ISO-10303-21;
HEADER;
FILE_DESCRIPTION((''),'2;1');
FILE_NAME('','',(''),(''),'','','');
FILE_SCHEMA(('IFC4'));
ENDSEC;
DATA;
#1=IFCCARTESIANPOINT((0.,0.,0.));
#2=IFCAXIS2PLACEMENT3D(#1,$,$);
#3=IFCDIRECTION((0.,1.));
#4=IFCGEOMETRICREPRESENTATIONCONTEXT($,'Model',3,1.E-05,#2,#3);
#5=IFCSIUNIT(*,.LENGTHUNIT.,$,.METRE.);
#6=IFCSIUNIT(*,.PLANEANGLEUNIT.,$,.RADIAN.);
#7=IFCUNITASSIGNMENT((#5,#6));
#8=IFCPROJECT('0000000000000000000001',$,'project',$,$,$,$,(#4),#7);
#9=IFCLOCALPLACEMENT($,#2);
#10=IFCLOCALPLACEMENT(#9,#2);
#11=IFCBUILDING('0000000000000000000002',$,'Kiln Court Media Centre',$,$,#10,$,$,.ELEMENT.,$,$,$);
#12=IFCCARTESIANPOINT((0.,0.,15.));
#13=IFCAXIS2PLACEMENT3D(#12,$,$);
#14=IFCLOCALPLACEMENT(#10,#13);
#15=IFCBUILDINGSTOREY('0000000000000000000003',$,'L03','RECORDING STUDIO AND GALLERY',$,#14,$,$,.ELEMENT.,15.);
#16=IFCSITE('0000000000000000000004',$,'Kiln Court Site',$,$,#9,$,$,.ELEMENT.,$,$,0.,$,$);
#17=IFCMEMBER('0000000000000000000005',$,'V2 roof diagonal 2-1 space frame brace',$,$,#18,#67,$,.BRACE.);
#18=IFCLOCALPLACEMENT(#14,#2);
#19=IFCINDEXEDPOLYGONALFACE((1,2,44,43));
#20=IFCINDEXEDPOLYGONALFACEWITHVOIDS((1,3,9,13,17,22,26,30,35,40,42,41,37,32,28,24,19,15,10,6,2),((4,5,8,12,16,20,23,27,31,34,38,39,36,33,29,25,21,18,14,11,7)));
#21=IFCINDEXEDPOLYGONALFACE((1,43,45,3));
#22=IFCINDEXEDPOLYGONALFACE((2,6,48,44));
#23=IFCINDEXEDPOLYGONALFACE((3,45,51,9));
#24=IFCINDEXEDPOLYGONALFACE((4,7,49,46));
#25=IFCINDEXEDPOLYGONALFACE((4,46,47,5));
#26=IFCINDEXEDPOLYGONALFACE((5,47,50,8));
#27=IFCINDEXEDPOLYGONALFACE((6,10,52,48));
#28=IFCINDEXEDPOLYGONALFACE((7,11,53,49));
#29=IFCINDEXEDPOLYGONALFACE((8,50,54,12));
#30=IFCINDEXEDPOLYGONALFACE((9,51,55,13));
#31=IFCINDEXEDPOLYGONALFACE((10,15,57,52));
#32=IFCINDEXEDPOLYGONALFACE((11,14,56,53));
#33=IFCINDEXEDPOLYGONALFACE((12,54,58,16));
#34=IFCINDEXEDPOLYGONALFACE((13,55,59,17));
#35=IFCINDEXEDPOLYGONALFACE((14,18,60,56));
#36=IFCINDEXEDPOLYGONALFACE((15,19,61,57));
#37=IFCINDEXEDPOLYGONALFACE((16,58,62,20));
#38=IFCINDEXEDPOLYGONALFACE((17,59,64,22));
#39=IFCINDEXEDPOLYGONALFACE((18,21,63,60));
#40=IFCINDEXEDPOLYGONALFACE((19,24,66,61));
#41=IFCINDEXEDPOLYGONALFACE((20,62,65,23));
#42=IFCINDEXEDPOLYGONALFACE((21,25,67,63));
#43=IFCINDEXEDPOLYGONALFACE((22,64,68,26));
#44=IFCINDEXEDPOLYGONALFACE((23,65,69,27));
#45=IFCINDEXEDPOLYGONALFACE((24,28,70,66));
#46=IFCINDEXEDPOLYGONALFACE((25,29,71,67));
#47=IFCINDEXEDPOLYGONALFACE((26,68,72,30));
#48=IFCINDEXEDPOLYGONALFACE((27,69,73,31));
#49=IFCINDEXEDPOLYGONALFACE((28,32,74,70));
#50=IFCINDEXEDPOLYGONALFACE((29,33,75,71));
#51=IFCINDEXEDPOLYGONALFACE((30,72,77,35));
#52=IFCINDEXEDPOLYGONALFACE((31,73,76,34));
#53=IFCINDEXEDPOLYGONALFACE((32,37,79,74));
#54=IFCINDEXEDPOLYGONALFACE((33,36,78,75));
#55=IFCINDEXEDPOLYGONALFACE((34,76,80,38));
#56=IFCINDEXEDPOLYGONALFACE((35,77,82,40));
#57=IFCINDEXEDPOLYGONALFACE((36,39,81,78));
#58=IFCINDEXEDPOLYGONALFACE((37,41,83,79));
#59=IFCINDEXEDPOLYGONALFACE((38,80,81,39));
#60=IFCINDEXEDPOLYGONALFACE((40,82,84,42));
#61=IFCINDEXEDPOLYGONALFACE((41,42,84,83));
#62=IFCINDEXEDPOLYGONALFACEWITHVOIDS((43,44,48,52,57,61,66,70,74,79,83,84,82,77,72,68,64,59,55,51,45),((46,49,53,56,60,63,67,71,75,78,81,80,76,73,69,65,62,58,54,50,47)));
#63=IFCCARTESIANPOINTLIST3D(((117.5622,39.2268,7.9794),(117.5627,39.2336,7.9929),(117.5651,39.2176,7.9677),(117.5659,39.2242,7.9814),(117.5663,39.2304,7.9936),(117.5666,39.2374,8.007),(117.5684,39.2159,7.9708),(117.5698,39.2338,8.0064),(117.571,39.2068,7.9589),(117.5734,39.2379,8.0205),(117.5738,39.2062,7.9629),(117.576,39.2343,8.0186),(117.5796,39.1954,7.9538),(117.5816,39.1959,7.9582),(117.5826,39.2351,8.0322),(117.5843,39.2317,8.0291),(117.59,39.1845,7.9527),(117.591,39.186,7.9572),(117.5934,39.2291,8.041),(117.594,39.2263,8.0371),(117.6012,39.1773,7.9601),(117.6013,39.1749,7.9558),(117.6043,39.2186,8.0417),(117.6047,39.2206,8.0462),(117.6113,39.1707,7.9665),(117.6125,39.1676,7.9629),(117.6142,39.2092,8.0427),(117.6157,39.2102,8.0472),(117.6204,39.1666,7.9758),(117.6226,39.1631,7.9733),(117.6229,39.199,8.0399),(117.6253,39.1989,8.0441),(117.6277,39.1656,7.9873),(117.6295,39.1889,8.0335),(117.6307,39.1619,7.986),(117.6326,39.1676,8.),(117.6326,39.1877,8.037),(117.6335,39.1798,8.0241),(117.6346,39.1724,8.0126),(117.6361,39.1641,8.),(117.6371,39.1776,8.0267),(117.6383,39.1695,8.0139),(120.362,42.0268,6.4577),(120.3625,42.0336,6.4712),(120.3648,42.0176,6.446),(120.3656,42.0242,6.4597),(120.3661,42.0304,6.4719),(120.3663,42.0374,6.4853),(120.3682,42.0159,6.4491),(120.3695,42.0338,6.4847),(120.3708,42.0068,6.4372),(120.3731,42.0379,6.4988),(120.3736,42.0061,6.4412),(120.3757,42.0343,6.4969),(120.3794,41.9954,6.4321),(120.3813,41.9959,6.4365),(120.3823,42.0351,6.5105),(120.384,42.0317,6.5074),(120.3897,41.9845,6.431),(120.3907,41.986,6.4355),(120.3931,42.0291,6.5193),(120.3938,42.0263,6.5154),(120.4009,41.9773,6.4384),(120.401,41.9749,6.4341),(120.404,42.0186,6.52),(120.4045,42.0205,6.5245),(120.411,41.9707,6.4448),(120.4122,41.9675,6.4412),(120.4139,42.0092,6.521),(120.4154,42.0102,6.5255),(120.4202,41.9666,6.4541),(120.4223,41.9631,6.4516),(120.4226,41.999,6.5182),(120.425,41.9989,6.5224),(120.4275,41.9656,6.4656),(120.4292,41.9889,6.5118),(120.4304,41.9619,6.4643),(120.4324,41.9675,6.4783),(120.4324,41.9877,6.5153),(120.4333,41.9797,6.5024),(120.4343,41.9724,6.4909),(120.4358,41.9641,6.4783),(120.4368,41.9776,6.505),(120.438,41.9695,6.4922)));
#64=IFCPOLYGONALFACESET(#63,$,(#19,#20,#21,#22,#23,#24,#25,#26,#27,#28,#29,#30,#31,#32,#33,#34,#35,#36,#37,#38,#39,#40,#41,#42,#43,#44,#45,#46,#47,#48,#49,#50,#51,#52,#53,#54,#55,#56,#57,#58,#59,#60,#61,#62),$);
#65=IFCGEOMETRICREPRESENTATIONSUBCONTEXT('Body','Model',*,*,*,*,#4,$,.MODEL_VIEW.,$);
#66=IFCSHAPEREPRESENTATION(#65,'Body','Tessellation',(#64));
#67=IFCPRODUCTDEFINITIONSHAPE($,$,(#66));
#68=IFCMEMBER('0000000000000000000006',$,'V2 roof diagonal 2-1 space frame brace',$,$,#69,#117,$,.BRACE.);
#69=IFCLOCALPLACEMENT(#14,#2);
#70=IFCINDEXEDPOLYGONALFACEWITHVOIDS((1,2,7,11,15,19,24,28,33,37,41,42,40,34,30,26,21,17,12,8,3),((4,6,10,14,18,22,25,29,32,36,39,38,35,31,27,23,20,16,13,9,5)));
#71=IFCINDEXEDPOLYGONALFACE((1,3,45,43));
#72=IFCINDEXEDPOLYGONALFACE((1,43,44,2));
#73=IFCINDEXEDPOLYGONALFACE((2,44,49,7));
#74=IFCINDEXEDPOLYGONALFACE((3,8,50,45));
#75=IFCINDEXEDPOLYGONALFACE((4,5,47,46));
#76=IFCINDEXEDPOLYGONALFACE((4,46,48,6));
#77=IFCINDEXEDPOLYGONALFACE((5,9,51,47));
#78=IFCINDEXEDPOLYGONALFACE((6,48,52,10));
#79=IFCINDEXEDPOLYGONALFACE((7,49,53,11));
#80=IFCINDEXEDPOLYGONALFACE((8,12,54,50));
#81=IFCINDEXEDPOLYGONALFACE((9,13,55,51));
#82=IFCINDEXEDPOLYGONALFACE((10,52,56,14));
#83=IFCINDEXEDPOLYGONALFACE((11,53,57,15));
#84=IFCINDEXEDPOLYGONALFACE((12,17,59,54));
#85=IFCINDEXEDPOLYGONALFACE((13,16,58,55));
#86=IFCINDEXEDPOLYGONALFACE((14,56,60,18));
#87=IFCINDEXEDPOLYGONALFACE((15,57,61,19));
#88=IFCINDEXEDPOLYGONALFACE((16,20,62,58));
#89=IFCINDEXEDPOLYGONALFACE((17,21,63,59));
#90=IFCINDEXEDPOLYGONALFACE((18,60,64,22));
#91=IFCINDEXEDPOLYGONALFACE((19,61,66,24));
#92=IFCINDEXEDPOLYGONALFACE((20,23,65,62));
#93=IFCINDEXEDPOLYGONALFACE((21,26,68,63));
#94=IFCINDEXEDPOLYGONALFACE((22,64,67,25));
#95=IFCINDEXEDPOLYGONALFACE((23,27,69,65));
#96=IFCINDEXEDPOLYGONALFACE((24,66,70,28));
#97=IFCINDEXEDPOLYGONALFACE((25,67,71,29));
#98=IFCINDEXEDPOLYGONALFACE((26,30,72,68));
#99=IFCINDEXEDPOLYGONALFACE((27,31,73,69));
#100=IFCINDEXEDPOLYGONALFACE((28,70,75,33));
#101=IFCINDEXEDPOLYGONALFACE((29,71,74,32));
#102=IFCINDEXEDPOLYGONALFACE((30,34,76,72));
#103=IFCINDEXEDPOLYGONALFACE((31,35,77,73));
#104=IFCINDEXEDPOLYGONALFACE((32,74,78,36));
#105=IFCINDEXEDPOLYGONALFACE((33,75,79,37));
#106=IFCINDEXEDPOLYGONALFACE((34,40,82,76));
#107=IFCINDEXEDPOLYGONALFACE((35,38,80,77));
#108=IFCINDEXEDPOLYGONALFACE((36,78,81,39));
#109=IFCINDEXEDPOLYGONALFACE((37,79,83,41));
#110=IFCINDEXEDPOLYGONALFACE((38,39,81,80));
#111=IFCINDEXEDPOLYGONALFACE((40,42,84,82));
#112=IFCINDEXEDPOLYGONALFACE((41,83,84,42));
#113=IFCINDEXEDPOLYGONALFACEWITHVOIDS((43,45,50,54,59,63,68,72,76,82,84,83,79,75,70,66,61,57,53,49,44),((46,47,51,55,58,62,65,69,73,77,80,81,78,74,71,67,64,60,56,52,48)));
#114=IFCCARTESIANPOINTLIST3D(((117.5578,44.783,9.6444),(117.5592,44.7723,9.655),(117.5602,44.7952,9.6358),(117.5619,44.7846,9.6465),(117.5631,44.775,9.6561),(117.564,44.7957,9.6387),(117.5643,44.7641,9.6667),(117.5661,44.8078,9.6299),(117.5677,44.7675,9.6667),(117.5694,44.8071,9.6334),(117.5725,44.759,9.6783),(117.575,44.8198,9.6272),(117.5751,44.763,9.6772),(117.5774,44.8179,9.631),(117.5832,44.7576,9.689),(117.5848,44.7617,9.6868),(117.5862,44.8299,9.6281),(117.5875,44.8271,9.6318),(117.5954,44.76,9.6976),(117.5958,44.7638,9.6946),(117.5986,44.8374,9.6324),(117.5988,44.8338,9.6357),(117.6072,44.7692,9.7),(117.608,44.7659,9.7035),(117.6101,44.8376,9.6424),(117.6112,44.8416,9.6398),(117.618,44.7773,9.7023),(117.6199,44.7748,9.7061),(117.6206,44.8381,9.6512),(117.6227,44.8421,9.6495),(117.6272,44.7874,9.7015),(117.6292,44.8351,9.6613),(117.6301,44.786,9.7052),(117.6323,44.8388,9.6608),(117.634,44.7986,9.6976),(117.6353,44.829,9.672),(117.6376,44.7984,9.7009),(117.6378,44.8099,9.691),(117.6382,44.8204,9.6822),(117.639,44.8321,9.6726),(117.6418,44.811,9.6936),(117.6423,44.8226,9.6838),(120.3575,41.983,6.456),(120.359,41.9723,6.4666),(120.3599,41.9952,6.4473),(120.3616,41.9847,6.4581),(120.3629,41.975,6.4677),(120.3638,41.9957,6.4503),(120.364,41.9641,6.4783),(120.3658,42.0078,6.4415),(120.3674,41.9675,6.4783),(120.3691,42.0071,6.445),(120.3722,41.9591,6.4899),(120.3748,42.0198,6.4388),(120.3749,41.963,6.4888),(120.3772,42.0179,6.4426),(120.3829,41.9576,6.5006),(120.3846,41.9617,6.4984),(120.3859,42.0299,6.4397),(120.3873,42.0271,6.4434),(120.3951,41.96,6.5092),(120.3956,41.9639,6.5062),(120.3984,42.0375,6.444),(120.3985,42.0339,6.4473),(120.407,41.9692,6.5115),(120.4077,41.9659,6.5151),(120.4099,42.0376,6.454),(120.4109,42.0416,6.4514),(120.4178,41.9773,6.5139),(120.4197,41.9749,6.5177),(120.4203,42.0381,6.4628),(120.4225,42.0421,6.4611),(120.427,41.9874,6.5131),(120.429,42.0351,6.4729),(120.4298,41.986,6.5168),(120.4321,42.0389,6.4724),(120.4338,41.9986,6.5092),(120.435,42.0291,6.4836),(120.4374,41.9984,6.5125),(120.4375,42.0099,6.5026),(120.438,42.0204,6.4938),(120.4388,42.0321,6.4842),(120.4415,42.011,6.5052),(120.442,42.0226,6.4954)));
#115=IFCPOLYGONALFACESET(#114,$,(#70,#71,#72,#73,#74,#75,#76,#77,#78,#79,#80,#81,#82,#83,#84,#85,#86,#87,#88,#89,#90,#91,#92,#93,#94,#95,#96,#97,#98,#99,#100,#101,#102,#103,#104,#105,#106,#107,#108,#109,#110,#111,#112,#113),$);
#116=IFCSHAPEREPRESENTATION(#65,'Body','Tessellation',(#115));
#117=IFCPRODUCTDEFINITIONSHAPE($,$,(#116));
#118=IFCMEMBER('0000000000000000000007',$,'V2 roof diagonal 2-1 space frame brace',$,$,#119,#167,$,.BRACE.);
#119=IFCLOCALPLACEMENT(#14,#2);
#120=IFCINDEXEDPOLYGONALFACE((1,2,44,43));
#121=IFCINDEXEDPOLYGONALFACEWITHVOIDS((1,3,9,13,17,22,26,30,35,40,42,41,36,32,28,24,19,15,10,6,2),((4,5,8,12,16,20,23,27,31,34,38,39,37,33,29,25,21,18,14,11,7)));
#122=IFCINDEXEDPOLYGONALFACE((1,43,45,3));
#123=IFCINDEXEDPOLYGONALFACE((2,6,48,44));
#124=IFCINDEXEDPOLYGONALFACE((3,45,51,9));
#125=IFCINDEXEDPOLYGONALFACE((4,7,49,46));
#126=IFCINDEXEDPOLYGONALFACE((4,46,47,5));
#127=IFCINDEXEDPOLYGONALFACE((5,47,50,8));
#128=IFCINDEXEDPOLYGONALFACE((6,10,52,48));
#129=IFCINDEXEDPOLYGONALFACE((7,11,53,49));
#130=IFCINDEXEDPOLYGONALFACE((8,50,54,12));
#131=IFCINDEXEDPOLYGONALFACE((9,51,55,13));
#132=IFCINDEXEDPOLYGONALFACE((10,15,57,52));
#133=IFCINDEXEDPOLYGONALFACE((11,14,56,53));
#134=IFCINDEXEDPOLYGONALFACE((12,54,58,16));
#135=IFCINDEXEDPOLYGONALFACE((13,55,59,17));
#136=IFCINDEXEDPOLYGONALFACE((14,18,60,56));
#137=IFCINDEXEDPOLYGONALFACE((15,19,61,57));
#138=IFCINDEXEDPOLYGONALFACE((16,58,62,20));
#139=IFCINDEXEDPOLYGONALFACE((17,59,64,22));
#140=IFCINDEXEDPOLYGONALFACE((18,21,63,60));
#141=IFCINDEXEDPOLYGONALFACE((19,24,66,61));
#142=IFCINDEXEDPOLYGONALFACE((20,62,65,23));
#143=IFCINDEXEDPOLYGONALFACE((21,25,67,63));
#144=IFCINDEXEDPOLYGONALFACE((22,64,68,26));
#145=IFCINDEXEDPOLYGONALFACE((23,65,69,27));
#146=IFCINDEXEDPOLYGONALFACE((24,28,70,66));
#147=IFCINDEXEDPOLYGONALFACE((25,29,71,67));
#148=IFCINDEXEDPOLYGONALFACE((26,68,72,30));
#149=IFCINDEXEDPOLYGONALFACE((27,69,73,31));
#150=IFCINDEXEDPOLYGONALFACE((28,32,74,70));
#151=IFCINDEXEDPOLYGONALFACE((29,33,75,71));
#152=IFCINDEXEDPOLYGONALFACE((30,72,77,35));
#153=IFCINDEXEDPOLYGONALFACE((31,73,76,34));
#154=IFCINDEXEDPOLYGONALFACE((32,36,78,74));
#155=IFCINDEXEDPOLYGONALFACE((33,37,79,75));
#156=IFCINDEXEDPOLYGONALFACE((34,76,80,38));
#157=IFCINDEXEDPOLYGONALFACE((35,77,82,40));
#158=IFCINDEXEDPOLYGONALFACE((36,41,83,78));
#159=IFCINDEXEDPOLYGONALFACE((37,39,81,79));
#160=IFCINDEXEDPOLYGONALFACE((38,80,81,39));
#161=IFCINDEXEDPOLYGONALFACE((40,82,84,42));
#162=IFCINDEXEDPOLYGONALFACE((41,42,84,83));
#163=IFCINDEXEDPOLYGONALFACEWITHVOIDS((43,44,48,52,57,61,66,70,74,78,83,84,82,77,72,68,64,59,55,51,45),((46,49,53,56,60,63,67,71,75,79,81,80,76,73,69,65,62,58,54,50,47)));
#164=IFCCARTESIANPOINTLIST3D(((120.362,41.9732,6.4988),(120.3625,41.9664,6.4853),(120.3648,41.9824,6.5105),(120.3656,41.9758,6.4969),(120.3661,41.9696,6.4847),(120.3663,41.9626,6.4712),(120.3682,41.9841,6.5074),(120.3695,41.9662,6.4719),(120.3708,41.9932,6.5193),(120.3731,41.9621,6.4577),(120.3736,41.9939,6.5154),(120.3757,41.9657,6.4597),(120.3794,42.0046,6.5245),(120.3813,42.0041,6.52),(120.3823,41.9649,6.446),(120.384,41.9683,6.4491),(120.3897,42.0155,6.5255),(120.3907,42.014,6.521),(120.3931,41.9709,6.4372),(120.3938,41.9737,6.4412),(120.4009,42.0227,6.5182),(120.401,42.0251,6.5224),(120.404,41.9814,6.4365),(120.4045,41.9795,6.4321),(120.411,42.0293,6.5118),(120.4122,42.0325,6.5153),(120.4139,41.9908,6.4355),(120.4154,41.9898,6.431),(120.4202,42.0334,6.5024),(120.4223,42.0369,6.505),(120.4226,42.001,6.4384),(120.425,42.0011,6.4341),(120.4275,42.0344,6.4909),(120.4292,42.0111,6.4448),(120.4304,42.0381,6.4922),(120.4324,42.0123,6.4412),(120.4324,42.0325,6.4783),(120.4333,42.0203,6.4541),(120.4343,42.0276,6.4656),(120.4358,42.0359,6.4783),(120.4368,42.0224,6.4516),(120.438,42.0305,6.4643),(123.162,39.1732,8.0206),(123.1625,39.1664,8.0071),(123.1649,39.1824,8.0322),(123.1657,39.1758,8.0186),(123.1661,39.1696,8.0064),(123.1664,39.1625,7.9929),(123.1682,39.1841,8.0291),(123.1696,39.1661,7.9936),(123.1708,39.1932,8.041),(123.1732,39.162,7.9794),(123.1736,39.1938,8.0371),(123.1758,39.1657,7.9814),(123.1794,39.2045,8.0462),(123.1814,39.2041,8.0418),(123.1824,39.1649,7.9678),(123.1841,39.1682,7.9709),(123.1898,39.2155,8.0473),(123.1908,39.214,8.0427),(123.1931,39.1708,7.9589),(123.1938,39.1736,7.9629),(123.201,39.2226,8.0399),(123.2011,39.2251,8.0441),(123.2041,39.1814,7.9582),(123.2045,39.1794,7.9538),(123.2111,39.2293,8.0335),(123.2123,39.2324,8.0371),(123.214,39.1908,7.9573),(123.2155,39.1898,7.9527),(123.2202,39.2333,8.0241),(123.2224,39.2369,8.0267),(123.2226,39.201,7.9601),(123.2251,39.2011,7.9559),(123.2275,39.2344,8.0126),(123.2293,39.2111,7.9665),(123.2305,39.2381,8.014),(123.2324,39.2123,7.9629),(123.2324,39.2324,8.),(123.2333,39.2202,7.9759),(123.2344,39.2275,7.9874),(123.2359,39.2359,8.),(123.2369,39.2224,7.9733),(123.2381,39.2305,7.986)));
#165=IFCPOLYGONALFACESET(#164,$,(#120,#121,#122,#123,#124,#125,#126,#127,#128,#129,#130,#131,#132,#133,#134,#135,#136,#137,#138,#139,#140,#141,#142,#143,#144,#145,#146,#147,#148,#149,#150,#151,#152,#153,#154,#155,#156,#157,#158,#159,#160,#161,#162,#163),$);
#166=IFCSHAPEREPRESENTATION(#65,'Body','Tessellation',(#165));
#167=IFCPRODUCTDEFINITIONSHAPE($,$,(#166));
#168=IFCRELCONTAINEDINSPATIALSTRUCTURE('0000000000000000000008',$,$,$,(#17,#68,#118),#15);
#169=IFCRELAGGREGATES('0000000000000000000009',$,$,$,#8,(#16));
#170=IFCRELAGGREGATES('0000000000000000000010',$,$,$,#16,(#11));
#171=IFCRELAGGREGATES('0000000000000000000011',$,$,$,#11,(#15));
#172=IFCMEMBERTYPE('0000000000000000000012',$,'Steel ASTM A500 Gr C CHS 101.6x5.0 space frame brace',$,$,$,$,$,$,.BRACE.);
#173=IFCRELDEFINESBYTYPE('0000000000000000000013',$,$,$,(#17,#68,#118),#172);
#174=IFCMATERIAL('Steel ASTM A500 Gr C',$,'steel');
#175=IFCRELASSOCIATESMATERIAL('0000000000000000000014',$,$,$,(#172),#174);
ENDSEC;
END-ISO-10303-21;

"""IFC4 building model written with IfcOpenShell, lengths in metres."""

from ifc_helpers import new_model, si_unit, direction, frame, origin, origin_2d, place, context, subcontext, project, spatial, hollow_circle, extrude, material, material_profile, profile_set, type_object, element, save


model = new_model("IFC4")

# Units and contexts
model_context = context("Model", 3, precision=1e-05, world=origin(), true_north=direction((0.0, 1.0)))
body_context = subcontext(model_context, "Body", "Model", "MODEL_VIEW")
ifc_project = project(units=[si_unit("LENGTHUNIT", "METRE"), si_unit("PLANEANGLEUNIT", "RADIAN")], contexts=[model_context])

# Site, building, storey
site_placement = place(None, origin())
site = spatial("IfcSite", under=ifc_project, at=site_placement, Name="Kiln Court Site", CompositionType="ELEMENT", RefElevation=0.0)
building_placement = place(site_placement, origin())
building = spatial("IfcBuilding", under=site, at=building_placement, Name="Kiln Court Media Centre", CompositionType="ELEMENT")
storey_placement = place(building_placement, frame((0.0, 0.0, 15.0)))
storey = spatial("IfcBuildingStorey", under=building, at=storey_placement, Name="L03", Description="RECORDING STUDIO AND GALLERY", CompositionType="ELEMENT", Elevation=15.0)

# Members
ifc_material_1 = material(Name="Steel ASTM A500 Gr C", Category="steel")
ifc_material_profile_1 = material_profile(ifc_material_1, hollow_circle(Radius=0.0508, WallThickness=0.0049, at=origin_2d()), Name="CHS 101.6x5.0")
ifc_profile_set_1 = profile_set([ifc_material_profile_1], Name="Steel ASTM A500 Gr C")
member_type_1 = type_object("IfcMemberType", Name="Steel ASTM A500 Gr C CHS 101.6x5.0 space frame brace", PredefinedType="BRACE", material=ifc_profile_set_1)
member_1_placement = place(storey_placement, frame((120.3999, 42.0, 6.4783), z_axis=(-0.660015, -0.660073, 0.358726), x_axis=(0.707138, -0.707076, 0.0)))
element("IfcMember", 1, at=member_1_placement, inside=storey, type_object=member_type_1, Name="V2 roof diagonal 2-1 space frame brace", PredefinedType="BRACE", context=body_context, shape_type="SweptSolid", body=[
    extrude(hollow_circle(Radius=0.0508, WallThickness=0.0049, at=origin_2d()), origin(), (0.0, 0.0, 1.0), 4.2419),
])
member_2_placement = place(storey_placement, frame((120.3999, 42.0, 6.4783), z_axis=(-0.550725, 0.550773, 0.627177), x_axis=(-0.707138, -0.707076, 0.0)))
element("IfcMember", 2, at=member_2_placement, inside=storey, type_object=member_type_1, Name="V2 roof diagonal 2-1 space frame brace", PredefinedType="BRACE", context=body_context, shape_type="SweptSolid", body=[
    extrude(hollow_circle(Radius=0.0508, WallThickness=0.0049, at=origin_2d()), origin(), (0.0, 0.0, 1.0), 5.0837),
])
member_3_placement = place(storey_placement, frame((120.3999, 42.0, 6.4783), z_axis=(0.660047, -0.660047, 0.358713), x_axis=(0.707107, 0.707107, 0.0)))
element("IfcMember", 3, at=member_3_placement, inside=storey, type_object=member_type_1, Name="V2 roof diagonal 2-1 space frame brace", PredefinedType="BRACE", context=body_context, shape_type="SweptSolid", body=[
    extrude(hollow_circle(Radius=0.0508, WallThickness=0.0049, at=origin_2d()), origin(), (0.0, 0.0, 1.0), 4.2422),
])

save(model, "model.ifc")
